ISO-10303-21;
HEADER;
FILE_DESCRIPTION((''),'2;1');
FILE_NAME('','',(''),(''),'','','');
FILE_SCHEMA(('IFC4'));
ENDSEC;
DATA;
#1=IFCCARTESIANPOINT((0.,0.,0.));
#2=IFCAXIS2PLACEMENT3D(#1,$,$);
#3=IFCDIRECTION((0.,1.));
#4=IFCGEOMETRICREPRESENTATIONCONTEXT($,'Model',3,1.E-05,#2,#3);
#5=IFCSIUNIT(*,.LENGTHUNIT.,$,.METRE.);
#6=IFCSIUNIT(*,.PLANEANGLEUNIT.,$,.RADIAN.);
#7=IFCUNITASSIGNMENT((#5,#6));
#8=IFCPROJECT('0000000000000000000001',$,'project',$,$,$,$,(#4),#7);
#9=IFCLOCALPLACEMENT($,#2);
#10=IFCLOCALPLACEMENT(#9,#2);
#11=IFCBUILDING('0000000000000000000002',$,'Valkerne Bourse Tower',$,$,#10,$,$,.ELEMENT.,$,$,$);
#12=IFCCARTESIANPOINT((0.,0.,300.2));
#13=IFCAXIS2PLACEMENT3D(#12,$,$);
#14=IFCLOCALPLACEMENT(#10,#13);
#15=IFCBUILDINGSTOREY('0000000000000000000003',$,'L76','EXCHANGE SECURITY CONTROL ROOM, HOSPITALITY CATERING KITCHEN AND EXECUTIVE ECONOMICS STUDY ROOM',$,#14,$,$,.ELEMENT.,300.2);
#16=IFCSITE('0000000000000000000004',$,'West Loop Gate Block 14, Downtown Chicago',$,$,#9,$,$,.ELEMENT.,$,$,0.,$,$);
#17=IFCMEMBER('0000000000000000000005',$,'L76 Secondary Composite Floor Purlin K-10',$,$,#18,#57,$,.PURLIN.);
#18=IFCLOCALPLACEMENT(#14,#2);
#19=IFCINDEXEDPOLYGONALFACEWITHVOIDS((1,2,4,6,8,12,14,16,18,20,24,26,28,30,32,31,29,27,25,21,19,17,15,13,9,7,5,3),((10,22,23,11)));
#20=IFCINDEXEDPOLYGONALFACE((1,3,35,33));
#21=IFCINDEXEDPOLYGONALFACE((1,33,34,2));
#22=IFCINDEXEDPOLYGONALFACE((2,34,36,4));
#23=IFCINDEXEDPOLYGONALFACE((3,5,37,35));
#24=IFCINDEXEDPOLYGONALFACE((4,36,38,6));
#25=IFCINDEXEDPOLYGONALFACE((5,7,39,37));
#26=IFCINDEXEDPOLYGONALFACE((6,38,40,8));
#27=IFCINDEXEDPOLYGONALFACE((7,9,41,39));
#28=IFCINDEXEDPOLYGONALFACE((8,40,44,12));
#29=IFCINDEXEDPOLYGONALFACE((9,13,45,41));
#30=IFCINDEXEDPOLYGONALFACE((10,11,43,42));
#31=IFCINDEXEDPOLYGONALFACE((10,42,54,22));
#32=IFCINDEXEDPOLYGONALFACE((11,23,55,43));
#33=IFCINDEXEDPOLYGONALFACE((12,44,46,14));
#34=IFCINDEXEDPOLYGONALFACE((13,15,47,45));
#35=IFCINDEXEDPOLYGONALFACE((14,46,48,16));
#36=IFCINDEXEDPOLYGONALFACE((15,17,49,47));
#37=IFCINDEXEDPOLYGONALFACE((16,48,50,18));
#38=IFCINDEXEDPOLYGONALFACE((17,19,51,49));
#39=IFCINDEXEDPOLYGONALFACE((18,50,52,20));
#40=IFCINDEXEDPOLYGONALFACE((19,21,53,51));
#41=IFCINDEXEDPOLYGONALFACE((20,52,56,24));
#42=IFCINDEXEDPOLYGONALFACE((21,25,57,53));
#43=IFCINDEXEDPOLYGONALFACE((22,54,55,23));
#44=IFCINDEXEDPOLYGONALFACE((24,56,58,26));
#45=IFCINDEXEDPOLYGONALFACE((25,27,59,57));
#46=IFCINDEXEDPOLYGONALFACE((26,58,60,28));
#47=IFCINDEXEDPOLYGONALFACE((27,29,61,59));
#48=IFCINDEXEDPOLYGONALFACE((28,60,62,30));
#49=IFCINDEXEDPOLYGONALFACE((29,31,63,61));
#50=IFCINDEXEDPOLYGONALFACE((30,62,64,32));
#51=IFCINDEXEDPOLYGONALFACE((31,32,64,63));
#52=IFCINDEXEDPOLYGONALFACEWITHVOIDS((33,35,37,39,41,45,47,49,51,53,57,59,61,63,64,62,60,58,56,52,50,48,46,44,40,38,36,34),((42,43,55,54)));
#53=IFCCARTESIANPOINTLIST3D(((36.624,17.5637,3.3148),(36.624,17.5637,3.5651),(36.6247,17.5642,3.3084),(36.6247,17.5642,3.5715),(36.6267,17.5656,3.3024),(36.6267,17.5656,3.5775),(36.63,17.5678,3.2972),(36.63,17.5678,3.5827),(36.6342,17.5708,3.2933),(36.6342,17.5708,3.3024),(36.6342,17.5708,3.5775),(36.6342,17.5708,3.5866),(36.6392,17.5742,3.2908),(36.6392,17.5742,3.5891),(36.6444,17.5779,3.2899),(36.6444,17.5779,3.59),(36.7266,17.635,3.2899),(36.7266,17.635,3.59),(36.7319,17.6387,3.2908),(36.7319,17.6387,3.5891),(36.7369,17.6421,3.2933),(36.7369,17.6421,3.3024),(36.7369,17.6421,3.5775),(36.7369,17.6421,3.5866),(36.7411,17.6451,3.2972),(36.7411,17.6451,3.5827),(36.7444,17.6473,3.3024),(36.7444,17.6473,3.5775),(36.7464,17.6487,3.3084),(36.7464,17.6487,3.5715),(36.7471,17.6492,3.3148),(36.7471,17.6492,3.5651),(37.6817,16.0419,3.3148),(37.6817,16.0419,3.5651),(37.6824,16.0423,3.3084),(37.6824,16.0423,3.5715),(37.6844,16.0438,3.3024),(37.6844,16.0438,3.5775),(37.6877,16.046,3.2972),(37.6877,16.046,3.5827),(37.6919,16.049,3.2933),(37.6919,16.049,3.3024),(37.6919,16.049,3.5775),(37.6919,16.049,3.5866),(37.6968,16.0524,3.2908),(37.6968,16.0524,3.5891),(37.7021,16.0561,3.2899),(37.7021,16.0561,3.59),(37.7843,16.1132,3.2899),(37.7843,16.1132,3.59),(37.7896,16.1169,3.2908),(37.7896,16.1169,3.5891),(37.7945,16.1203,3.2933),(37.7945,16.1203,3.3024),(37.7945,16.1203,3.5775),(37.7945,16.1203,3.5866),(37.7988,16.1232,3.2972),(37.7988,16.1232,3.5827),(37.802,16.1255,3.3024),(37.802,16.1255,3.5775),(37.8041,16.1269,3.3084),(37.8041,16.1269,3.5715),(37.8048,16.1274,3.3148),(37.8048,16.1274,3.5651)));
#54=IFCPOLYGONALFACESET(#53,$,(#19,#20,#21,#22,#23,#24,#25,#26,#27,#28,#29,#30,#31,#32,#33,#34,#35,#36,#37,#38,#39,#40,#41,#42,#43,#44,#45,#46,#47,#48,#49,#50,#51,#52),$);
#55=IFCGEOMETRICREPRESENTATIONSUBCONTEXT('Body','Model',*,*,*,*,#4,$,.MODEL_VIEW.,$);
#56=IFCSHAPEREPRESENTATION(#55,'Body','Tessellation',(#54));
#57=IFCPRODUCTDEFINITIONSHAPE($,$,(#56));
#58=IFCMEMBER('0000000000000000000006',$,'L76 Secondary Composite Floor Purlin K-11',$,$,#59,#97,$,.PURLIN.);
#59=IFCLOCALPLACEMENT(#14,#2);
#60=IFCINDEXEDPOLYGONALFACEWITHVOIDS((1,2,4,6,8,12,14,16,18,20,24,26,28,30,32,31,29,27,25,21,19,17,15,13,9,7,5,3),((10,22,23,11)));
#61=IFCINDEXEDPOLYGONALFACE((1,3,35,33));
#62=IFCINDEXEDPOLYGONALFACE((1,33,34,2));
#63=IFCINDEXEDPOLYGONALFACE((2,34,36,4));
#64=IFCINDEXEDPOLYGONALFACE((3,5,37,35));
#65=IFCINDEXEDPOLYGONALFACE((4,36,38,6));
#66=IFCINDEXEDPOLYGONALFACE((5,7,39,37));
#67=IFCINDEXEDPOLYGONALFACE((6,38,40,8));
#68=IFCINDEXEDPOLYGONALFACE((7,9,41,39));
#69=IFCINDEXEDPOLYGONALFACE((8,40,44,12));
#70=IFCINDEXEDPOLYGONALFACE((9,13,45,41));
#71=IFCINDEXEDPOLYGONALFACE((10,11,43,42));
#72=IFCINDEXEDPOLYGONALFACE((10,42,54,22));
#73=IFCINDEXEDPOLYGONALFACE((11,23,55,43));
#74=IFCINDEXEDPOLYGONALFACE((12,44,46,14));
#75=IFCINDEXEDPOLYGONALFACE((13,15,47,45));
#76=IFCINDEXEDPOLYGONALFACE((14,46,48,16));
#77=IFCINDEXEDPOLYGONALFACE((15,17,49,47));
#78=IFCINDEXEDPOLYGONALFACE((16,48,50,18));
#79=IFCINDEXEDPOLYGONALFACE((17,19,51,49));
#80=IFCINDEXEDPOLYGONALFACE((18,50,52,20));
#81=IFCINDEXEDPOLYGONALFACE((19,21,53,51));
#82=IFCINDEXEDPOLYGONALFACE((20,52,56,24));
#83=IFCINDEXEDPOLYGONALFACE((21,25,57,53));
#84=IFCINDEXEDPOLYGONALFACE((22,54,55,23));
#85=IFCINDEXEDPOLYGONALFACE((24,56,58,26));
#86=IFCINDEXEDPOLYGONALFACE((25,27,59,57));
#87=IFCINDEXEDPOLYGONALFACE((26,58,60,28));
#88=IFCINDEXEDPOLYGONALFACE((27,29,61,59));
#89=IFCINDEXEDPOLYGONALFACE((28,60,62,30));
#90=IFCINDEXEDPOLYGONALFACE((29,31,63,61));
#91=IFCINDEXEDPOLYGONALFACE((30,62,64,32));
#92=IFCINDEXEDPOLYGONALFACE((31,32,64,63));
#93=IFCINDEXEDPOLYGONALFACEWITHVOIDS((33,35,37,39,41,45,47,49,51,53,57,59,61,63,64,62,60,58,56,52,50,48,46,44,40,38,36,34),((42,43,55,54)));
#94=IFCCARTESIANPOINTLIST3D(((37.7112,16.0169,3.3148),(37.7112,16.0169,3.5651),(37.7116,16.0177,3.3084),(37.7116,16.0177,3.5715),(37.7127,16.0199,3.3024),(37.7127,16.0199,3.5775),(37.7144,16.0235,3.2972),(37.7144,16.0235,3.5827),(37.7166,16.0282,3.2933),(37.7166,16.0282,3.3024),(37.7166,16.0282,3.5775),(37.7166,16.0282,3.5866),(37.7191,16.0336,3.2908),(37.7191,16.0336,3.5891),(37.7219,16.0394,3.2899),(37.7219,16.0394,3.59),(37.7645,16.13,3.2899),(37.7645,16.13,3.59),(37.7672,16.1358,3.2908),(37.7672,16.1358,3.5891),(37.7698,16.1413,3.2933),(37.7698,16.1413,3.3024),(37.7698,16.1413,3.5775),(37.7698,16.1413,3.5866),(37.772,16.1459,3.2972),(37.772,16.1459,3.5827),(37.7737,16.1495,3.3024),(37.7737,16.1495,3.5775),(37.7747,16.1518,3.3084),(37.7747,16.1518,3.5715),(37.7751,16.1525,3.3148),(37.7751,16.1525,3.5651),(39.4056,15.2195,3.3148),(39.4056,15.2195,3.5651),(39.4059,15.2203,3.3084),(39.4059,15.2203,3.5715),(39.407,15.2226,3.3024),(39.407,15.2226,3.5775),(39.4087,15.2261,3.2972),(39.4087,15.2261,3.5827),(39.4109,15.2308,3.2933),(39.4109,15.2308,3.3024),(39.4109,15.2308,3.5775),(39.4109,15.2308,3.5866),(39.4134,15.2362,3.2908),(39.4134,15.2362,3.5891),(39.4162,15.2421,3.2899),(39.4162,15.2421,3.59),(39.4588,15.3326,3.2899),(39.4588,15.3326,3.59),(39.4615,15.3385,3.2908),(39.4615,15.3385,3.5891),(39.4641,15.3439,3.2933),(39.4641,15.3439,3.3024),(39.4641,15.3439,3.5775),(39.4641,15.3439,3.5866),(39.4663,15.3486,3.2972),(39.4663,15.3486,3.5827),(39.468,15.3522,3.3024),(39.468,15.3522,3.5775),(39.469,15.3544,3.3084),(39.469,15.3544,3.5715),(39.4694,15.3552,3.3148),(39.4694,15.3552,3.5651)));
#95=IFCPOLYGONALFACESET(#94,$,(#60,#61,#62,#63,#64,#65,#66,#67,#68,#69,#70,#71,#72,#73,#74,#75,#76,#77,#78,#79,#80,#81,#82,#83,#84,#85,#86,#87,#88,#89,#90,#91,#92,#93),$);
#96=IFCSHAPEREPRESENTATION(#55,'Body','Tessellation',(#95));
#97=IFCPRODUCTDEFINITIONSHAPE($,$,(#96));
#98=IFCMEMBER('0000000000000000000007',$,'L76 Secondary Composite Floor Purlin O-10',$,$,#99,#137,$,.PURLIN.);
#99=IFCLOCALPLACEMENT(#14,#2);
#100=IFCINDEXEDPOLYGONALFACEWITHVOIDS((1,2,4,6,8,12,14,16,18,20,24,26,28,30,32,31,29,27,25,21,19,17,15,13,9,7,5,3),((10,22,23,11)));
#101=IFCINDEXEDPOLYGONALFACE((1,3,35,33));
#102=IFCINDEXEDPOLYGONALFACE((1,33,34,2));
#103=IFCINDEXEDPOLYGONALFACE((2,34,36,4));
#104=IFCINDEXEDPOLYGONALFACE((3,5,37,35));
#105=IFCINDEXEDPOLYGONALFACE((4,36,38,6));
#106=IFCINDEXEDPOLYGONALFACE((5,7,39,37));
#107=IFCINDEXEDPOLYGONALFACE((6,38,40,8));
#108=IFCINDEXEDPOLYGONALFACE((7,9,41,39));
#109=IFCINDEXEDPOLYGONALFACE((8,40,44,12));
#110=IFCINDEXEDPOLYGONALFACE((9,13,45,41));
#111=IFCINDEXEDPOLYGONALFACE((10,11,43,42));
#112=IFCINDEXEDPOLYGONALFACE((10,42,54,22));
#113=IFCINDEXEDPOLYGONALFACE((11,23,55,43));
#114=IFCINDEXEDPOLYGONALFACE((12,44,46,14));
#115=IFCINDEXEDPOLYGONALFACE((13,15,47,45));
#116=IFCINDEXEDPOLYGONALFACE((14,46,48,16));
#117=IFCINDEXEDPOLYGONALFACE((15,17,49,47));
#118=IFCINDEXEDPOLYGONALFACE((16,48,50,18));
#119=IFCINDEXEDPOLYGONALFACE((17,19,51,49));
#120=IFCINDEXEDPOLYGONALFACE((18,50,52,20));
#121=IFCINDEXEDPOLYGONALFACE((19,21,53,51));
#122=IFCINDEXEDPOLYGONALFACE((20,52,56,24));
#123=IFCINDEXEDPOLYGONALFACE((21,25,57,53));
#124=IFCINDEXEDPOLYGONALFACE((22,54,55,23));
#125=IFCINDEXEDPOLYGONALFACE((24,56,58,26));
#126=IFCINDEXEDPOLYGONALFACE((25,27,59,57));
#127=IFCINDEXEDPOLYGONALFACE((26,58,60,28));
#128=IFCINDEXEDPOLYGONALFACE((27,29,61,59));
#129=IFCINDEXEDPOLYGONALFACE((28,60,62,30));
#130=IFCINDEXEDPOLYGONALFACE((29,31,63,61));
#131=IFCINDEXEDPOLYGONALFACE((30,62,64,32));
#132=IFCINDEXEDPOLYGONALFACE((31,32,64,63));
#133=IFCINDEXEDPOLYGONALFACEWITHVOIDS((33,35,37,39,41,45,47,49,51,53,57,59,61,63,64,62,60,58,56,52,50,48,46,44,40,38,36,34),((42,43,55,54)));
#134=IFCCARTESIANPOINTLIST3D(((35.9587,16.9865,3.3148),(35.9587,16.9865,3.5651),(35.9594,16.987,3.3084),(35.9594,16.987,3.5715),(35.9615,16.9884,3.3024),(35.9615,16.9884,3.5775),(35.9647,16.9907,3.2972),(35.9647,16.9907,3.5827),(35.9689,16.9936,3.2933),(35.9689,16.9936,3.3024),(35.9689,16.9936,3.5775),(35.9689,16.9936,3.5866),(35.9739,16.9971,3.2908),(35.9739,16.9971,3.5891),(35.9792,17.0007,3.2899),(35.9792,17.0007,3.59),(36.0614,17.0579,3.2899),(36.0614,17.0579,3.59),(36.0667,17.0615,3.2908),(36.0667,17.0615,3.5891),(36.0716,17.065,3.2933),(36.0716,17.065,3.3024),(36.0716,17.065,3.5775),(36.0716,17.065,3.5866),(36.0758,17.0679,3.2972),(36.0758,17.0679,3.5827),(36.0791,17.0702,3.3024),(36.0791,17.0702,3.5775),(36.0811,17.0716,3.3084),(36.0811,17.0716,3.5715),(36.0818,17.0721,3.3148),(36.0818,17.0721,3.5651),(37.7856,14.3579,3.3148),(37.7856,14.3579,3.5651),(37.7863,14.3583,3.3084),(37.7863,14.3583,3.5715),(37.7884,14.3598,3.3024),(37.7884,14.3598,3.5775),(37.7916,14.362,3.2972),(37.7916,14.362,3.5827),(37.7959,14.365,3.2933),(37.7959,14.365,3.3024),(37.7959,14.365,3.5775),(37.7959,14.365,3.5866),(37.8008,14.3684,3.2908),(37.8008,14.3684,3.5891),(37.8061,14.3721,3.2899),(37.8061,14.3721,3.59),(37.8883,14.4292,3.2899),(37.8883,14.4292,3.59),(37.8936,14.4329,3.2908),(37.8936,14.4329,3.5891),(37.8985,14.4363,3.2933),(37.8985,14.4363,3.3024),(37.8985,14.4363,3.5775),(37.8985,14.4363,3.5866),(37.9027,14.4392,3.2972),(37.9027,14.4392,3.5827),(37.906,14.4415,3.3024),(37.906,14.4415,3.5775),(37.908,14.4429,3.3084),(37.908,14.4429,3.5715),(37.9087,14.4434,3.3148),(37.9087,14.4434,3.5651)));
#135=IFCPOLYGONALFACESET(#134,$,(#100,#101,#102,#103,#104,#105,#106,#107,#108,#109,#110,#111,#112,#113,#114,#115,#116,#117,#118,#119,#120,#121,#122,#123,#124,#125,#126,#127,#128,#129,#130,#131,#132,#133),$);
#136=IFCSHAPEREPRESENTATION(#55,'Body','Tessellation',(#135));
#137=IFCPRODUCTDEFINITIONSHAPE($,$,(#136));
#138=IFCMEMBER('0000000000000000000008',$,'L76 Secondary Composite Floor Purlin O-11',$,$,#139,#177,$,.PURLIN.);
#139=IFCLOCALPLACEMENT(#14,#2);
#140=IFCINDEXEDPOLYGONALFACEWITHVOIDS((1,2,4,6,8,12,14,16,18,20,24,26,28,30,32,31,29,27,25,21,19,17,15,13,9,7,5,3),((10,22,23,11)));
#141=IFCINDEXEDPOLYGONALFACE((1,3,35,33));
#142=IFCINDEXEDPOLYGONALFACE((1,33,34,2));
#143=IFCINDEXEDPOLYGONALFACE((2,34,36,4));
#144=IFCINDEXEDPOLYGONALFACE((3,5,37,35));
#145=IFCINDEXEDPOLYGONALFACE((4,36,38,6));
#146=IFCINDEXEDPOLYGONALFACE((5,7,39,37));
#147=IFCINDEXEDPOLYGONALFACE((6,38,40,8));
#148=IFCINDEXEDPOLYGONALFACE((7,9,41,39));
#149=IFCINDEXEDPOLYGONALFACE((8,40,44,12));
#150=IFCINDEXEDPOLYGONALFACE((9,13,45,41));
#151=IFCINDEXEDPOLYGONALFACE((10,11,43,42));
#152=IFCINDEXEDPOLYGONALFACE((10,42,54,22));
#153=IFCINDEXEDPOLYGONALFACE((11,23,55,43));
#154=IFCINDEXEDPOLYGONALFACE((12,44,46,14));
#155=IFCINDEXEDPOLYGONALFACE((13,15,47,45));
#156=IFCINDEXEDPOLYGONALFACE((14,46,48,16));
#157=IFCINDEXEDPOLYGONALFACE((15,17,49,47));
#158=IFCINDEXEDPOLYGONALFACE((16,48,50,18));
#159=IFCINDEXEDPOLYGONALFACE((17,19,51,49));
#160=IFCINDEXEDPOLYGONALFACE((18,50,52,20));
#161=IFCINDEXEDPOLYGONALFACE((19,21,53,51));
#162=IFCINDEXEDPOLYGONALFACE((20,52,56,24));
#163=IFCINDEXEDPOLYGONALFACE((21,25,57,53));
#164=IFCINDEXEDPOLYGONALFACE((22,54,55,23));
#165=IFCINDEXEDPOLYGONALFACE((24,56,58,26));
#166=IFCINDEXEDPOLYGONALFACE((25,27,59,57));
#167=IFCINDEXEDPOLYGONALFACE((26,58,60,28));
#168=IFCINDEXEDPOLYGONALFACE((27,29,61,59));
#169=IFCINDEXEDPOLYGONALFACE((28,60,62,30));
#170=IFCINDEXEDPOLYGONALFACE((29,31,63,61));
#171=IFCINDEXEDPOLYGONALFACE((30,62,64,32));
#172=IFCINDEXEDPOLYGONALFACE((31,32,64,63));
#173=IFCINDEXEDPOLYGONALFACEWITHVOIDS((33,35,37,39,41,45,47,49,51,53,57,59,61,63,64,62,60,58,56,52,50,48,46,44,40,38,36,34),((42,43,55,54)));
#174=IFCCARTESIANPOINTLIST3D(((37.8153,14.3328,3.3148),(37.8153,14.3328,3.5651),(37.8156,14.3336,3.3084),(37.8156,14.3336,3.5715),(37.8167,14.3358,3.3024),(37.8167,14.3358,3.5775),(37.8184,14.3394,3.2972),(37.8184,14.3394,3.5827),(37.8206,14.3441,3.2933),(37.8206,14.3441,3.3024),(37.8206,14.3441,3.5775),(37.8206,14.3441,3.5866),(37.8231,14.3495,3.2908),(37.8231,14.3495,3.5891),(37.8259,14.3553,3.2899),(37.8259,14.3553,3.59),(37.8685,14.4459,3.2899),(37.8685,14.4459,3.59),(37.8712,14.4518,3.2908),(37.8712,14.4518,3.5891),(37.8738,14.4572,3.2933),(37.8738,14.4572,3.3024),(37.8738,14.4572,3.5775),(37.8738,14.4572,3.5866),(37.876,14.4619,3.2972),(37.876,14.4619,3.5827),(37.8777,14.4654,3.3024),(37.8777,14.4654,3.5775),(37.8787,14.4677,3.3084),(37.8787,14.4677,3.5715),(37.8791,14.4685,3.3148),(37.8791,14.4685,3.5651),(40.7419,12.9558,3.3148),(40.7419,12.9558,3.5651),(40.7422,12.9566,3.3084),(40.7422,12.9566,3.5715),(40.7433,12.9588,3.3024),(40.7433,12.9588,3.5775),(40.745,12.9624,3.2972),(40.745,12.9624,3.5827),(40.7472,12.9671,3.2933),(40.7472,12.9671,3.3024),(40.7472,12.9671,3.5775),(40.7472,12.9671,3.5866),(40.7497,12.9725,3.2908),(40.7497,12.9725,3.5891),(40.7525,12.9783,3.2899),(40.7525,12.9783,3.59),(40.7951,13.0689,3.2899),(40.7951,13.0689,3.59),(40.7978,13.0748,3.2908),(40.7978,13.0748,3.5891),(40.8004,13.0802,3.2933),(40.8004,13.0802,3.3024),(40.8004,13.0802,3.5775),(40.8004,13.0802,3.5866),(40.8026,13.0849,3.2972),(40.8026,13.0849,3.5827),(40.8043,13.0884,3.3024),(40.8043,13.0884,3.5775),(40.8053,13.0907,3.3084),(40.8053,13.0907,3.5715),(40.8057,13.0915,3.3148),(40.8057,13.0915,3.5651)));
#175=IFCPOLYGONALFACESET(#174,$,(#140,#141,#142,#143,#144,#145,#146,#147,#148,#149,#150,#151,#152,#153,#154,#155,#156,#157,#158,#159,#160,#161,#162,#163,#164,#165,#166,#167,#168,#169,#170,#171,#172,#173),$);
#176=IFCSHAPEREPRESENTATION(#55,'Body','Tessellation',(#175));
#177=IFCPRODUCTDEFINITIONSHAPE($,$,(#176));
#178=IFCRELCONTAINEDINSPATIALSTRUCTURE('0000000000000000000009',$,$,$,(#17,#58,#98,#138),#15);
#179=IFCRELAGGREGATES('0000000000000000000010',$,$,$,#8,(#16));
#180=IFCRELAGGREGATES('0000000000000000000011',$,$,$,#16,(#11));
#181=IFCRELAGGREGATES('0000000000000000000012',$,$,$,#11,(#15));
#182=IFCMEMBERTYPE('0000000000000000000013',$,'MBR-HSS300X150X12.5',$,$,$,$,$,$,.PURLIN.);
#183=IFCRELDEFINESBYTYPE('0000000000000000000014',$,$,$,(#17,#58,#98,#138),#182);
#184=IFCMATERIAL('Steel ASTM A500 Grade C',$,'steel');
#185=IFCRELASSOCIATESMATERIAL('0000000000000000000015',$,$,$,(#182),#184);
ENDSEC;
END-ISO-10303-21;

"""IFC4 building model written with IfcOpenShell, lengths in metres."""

from ifc_helpers import new_model, si_unit, direction, frame, origin, origin_2d, place, context, subcontext, project, spatial, hollow_rectangle, extrude, material, material_profile, profile_set, type_object, element, save


model = new_model("IFC4")

# Units and contexts
model_context = context("Model", 3, precision=1e-05, world=origin(), true_north=direction((0.0, 1.0)))
body_context = subcontext(model_context, "Body", "Model", "MODEL_VIEW")
ifc_project = project(units=[si_unit("LENGTHUNIT", "METRE"), si_unit("PLANEANGLEUNIT", "RADIAN")], contexts=[model_context])

# Site, building, storey
site_placement = place(None, origin())
site = spatial("IfcSite", under=ifc_project, at=site_placement, Name="West Loop Gate Block 14, Downtown Chicago", CompositionType="ELEMENT", RefElevation=0.0)
building_placement = place(site_placement, origin())
building = spatial("IfcBuilding", under=site, at=building_placement, Name="Valkerne Bourse Tower", CompositionType="ELEMENT")
storey_placement = place(building_placement, frame((0.0, 0.0, 300.2)))
storey = spatial("IfcBuildingStorey", under=building, at=storey_placement, Name="L76", Description="EXCHANGE SECURITY CONTROL ROOM, HOSPITALITY CATERING KITCHEN AND EXECUTIVE ECONOMICS STUDY ROOM", CompositionType="ELEMENT", Elevation=300.2)

# Members
ifc_material_1 = material(Name="Steel ASTM A500 Grade C", Category="steel")
ifc_material_profile_1 = material_profile(ifc_material_1, hollow_rectangle(XDim=0.1499, YDim=0.3, WallThickness=0.0125, OuterFilletRadius=0.0249, at=origin_2d()), Name="HSS300X150X12.5")
ifc_profile_set_1 = profile_set([ifc_material_profile_1], Name="Steel ASTM A500 Grade C")
member_type_1 = type_object("IfcMemberType", Name="MBR-HSS300X150X12.5", PredefinedType="PURLIN", material=ifc_profile_set_1)
member_1_placement = place(storey_placement, frame((36.6855, 17.6064, 3.4399), z_axis=(0.570709, -0.821152, 0.0), x_axis=(0.821152, 0.570709, 0.0)))
element("IfcMember", 1, at=member_1_placement, inside=storey, type_object=member_type_1, Name="L76 Secondary Composite Floor Purlin K-10", PredefinedType="PURLIN", context=body_context, shape_type="SweptSolid", body=[
    extrude(hollow_rectangle(XDim=0.1499, YDim=0.3, WallThickness=0.0125, OuterFilletRadius=0.0249, at=origin_2d()), origin(), (0.0, 0.0, 1.0), 1.8533),
])
member_2_placement = place(storey_placement, frame((37.7432, 16.0847, 3.4399), z_axis=(0.904813, -0.42581, 0.0), x_axis=(0.42581, 0.904813, 0.0)))
element("IfcMember", 2, at=member_2_placement, inside=storey, type_object=member_type_1, Name="L76 Secondary Composite Floor Purlin K-11", PredefinedType="PURLIN", context=body_context, shape_type="SweptSolid", body=[
    extrude(hollow_rectangle(XDim=0.1499, YDim=0.3, WallThickness=0.0125, OuterFilletRadius=0.0249, at=origin_2d()), origin(), (0.0, 0.0, 1.0), 1.8726),
])
member_3_placement = place(storey_placement, frame((36.0203, 17.0293, 3.4399), z_axis=(0.5707, -0.821158, 0.0), x_axis=(0.821158, 0.5707, 0.0)))
element("IfcMember", 3, at=member_3_placement, inside=storey, type_object=member_type_1, Name="L76 Secondary Composite Floor Purlin O-10", PredefinedType="PURLIN", context=body_context, shape_type="SweptSolid", body=[
    extrude(hollow_rectangle(XDim=0.1499, YDim=0.3, WallThickness=0.0125, OuterFilletRadius=0.0249, at=origin_2d()), origin(), (0.0, 0.0, 1.0), 3.2012),
])
member_4_placement = place(storey_placement, frame((37.8472, 14.4006, 3.4399), z_axis=(0.904846, -0.425739, 0.0), x_axis=(0.425739, 0.904846, 0.0)))
element("IfcMember", 4, at=member_4_placement, inside=storey, type_object=member_type_1, Name="L76 Secondary Composite Floor Purlin O-11", PredefinedType="PURLIN", context=body_context, shape_type="SweptSolid", body=[
    extrude(hollow_rectangle(XDim=0.1499, YDim=0.3, WallThickness=0.0125, OuterFilletRadius=0.0249, at=origin_2d()), origin(), (0.0, 0.0, 1.0), 3.2344),
])

save(model, "model.ifc")
